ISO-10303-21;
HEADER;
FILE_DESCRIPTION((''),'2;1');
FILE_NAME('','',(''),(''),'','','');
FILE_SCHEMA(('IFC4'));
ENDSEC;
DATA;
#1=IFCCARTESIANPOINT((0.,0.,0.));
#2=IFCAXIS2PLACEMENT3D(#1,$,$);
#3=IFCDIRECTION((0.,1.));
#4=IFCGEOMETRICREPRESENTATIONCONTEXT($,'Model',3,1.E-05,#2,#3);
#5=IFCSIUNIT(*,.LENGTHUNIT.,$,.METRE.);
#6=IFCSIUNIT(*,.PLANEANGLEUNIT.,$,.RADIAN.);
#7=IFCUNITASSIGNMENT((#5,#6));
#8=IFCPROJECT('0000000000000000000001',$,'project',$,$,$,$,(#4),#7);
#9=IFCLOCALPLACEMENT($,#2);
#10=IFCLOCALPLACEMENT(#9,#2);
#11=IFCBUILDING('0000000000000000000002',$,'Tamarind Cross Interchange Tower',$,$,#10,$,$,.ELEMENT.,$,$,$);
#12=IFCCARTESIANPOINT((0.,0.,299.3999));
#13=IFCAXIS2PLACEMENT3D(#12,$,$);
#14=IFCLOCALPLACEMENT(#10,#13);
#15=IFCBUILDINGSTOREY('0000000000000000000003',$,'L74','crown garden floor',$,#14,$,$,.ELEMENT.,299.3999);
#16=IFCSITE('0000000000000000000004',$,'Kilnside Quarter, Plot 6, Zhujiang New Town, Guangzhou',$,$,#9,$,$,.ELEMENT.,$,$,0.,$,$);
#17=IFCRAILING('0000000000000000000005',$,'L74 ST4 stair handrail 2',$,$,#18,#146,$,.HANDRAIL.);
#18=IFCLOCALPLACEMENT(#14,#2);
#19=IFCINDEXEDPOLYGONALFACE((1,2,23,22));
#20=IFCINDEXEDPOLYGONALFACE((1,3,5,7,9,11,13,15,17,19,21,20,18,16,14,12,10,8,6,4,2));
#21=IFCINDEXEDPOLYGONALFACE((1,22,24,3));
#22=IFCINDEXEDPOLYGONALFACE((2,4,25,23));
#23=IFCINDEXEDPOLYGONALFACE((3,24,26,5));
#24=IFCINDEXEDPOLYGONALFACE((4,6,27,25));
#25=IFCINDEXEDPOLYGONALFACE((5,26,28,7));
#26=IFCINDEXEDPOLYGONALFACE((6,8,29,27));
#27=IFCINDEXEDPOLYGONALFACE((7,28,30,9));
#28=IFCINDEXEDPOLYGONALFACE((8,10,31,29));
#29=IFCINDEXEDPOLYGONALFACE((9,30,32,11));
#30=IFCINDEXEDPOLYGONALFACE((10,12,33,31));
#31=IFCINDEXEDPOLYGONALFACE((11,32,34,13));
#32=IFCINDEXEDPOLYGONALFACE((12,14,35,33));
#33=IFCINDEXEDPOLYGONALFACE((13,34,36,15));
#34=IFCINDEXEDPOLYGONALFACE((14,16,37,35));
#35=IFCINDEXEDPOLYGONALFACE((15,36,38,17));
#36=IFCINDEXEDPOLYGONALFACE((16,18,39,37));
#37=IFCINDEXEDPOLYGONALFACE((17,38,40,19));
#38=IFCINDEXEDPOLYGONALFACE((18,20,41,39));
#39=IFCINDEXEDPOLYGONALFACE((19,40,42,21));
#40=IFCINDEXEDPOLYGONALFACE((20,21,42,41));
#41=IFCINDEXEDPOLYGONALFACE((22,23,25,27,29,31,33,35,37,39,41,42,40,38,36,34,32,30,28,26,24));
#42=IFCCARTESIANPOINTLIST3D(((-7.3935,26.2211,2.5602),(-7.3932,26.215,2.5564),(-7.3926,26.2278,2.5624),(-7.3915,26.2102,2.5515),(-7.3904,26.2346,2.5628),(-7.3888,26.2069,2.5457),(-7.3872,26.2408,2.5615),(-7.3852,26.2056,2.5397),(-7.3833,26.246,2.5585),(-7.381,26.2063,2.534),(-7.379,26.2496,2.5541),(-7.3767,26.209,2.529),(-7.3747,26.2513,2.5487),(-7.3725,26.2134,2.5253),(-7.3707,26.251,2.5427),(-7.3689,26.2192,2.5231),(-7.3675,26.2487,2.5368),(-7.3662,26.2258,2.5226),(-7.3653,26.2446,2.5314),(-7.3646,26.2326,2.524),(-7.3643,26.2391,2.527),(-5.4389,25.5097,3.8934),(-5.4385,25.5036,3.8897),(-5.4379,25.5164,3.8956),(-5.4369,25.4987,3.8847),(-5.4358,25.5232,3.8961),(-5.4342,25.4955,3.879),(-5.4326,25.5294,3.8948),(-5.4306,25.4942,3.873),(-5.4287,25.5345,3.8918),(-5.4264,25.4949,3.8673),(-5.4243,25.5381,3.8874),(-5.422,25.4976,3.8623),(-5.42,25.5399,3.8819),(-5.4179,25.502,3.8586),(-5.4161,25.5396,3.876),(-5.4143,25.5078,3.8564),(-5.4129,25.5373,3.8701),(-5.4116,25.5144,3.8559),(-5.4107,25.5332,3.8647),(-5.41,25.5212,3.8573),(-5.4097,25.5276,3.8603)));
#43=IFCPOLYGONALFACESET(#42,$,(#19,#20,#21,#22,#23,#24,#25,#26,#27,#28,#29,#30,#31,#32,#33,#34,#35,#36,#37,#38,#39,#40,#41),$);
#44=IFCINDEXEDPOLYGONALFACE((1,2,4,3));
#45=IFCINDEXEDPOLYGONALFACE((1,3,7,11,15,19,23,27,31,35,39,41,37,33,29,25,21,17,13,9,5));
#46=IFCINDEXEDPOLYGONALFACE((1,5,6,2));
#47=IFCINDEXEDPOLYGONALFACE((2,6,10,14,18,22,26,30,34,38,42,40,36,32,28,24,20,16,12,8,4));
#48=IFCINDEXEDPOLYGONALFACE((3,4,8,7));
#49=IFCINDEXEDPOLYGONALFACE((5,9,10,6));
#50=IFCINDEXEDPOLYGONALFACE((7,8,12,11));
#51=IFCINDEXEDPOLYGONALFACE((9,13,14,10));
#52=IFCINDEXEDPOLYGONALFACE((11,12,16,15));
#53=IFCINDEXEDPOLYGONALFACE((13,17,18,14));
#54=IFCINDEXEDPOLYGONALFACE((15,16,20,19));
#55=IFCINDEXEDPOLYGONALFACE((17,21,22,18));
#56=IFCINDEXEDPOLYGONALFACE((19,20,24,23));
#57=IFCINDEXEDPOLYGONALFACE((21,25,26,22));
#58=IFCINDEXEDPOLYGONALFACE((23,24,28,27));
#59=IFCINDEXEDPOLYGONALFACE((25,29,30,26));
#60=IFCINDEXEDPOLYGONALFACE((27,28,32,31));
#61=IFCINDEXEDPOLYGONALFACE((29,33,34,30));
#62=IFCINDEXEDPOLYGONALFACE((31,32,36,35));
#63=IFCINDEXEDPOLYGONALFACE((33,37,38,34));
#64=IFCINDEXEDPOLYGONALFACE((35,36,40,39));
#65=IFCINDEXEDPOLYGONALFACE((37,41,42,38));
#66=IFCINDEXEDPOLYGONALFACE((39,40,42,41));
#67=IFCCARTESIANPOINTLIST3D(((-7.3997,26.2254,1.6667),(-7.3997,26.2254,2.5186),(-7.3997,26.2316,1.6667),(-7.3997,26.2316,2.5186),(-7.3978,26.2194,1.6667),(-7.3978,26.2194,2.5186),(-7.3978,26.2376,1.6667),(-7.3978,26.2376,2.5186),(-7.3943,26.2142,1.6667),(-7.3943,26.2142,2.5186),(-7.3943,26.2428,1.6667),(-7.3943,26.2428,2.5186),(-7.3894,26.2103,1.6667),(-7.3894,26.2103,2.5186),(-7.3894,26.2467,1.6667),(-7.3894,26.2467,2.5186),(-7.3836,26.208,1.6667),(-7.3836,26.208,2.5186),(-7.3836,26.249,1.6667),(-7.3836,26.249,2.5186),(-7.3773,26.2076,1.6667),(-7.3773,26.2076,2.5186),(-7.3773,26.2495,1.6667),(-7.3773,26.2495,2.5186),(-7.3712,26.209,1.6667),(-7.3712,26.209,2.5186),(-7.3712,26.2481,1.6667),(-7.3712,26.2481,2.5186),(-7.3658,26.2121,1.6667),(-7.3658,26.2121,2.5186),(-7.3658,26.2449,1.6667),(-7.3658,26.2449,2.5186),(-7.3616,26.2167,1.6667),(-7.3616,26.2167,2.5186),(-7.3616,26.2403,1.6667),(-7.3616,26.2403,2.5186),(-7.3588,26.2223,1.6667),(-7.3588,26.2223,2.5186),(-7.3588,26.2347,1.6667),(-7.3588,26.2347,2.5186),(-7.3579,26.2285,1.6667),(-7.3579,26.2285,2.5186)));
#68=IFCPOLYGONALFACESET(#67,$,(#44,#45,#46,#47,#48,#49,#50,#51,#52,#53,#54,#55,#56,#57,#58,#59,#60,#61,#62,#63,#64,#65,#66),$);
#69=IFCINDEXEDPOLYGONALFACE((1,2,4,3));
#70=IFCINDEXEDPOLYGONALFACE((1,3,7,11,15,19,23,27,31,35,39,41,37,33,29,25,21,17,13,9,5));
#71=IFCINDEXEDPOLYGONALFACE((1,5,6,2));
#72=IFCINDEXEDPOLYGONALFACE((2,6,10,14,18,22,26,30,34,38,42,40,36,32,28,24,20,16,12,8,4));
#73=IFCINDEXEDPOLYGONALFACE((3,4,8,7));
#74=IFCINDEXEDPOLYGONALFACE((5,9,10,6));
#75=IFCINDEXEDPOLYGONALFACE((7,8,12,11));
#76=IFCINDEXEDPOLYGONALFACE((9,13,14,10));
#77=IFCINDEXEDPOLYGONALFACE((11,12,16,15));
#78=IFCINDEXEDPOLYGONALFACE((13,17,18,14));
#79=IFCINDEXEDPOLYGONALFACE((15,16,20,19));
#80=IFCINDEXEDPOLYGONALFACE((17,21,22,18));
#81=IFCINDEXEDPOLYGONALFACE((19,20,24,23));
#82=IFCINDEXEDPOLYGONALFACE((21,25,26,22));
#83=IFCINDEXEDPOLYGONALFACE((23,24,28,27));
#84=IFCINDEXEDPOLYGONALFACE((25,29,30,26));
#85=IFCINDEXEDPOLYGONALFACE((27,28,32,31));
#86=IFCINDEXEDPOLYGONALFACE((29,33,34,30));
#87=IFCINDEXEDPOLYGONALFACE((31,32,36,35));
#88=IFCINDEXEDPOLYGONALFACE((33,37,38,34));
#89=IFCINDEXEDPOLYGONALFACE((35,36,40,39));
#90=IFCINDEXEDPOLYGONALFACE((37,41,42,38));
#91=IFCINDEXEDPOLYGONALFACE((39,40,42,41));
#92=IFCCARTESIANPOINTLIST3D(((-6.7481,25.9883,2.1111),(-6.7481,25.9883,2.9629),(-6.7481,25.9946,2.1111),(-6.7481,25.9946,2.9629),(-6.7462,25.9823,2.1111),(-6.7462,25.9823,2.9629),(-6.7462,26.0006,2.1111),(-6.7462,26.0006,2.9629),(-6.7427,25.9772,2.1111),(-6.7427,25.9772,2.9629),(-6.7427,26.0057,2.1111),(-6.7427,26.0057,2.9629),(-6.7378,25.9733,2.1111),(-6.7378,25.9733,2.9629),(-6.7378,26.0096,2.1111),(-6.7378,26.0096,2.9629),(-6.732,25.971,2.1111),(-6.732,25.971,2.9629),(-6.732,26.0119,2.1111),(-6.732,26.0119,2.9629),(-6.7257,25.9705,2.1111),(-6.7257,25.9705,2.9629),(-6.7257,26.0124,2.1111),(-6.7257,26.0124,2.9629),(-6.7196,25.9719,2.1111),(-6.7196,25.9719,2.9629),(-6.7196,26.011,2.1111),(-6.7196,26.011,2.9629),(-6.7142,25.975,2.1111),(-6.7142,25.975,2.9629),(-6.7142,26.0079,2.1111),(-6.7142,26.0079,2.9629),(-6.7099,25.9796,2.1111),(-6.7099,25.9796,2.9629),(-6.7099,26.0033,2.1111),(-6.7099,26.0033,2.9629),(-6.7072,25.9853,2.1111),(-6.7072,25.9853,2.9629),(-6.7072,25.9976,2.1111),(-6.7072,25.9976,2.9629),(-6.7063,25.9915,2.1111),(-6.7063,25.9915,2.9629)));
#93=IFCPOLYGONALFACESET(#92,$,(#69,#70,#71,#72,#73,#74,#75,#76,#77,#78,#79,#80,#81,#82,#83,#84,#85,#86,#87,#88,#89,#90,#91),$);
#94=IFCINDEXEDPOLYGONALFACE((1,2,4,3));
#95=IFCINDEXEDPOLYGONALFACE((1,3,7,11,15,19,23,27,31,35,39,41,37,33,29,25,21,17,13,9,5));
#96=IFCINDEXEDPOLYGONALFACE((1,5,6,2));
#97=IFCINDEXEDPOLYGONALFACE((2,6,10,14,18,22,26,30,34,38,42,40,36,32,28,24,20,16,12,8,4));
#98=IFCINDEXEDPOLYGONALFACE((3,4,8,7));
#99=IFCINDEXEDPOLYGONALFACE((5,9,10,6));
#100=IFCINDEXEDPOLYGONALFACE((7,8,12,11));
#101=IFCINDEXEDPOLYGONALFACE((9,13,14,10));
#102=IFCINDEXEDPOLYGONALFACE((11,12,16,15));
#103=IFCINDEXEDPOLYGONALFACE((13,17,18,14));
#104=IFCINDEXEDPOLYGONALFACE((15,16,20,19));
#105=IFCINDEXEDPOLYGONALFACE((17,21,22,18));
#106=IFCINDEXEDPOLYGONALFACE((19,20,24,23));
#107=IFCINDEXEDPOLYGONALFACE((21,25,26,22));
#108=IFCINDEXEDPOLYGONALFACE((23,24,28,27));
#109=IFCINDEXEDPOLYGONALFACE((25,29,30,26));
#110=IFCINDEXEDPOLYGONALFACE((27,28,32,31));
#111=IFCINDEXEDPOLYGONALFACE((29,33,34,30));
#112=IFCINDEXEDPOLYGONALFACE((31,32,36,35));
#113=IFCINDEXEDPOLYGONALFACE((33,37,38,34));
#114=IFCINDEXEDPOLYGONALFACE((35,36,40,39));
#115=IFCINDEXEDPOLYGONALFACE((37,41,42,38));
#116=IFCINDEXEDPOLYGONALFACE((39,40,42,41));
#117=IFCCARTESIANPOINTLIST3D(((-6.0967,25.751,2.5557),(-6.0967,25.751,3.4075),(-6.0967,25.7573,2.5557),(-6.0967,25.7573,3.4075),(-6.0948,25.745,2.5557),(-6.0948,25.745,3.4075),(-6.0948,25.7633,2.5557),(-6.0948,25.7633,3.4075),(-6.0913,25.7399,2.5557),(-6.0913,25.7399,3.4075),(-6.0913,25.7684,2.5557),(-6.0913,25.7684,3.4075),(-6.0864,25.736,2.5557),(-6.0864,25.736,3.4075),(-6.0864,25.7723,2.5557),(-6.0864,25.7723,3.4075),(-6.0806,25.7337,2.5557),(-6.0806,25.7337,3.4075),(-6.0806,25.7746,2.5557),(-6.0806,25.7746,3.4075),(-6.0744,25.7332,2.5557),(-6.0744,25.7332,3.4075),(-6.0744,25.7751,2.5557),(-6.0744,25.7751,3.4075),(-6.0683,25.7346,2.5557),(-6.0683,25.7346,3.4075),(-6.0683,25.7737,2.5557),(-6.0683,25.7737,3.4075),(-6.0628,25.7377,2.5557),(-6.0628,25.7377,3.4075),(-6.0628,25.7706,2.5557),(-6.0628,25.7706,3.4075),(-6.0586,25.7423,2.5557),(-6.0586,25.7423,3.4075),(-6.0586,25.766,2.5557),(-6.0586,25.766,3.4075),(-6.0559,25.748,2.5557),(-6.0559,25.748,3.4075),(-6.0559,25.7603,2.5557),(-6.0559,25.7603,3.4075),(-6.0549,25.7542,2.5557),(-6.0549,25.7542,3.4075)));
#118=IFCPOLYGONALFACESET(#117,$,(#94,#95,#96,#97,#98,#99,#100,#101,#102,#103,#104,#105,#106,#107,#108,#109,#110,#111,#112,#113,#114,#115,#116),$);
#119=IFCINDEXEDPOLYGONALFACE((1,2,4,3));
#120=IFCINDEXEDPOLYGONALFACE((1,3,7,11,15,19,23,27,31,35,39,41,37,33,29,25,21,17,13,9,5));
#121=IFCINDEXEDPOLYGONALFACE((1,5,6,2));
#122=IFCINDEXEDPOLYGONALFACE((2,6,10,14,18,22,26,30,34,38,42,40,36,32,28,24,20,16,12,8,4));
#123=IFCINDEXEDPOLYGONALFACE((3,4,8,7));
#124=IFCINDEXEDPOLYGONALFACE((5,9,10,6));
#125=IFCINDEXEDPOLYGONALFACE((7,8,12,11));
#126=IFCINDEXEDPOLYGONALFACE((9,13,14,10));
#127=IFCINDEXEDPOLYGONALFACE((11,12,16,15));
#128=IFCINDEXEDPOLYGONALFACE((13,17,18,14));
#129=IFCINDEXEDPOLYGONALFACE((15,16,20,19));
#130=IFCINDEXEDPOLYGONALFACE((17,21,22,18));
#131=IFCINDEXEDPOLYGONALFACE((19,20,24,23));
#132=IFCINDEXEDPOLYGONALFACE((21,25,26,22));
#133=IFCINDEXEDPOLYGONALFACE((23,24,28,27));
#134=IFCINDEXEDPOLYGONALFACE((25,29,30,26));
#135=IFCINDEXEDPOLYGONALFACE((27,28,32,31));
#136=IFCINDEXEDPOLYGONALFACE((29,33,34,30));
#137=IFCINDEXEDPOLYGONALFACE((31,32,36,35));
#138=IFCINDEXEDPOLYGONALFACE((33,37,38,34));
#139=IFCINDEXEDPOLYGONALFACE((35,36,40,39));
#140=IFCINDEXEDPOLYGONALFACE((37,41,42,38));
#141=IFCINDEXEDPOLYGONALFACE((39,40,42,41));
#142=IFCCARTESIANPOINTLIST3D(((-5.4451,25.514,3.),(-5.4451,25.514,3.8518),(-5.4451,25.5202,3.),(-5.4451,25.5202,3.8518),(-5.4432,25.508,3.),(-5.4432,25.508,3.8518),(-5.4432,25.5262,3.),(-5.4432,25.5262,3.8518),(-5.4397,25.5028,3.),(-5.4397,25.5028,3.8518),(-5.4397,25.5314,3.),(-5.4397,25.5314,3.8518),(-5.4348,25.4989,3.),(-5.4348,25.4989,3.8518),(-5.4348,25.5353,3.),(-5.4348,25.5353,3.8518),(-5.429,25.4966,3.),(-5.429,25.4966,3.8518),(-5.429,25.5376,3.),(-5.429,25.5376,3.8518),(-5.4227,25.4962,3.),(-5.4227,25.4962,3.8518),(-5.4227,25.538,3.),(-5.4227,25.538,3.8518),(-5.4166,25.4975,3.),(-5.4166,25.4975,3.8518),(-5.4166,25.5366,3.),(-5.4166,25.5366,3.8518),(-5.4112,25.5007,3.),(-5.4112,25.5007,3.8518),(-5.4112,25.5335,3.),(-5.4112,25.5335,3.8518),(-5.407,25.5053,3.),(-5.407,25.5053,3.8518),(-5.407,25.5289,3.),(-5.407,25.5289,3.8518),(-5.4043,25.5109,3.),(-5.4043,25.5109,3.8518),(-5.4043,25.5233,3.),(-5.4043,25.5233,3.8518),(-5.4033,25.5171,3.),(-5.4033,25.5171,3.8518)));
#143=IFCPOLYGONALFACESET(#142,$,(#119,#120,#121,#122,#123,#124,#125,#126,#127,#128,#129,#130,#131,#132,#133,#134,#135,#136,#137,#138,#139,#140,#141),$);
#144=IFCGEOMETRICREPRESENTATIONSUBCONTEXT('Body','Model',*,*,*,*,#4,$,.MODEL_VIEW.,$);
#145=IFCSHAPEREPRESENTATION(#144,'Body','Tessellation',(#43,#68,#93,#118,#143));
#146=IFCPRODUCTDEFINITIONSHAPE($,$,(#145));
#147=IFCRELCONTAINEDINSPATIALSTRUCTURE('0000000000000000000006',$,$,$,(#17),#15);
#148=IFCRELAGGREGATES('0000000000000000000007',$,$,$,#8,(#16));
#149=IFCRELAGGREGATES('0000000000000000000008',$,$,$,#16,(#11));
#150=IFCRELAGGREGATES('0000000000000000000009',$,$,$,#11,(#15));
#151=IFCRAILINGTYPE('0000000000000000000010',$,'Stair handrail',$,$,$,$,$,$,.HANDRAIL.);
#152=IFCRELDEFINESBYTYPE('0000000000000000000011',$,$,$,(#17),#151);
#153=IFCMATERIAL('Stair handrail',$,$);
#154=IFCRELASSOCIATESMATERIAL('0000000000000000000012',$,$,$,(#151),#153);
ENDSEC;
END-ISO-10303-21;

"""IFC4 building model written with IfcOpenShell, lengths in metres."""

from ifc_helpers import new_model, si_unit, direction, frame, origin, origin_2d, place, context, subcontext, project, spatial, circle, extrude, material, type_object, element, save


model = new_model("IFC4")

# Units and contexts
model_context = context("Model", 3, precision=1e-05, world=origin(), true_north=direction((0.0, 1.0)))
body_context = subcontext(model_context, "Body", "Model", "MODEL_VIEW")
ifc_project = project(units=[si_unit("LENGTHUNIT", "METRE"), si_unit("PLANEANGLEUNIT", "RADIAN")], contexts=[model_context])

# Site, building, storey
site_placement = place(None, origin())
site = spatial("IfcSite", under=ifc_project, at=site_placement, Name="Kilnside Quarter, Plot 6, Zhujiang New Town, Guangzhou", CompositionType="ELEMENT", RefElevation=0.0)
building_placement = place(site_placement, origin())
building = spatial("IfcBuilding", under=site, at=building_placement, Name="Tamarind Cross Interchange Tower", CompositionType="ELEMENT")
storey_placement = place(building_placement, frame((0.0, 0.0, 299.3999)))
storey = spatial("IfcBuildingStorey", under=building, at=storey_placement, Name="L74", Description="crown garden floor", CompositionType="ELEMENT", Elevation=299.3999)

# Railing
ifc_material_1 = material(Name="Stair handrail")
railing_type_1 = type_object("IfcRailingType", Name="Stair handrail", PredefinedType="HANDRAIL", material=ifc_material_1)
for number, where, name in (
    (1, (-7.3789, 26.2285, 1.6667), "L74 ST4 stair handrail 2"),
):
    element("IfcRailing", number, at=place(storey_placement, frame(where)), inside=storey, type_object=railing_type_1, Name=name, PredefinedType="HANDRAIL", context=body_context, shape_type="SweptSolid", body=[
        extrude(circle(Radius=0.0239, at=origin_2d()), frame((0.0, 0.0, 0.876), z_axis=(0.791124, -0.287951, 0.539636), x_axis=(0.342026, 0.939691, 0.0)), (0.0, 0.0, 1.0), 2.4707),
        extrude(circle(Radius=0.021, at=origin_2d()), origin(), (0.0, 0.0, 1.0), 0.8518),
        extrude(circle(Radius=0.021, at=origin_2d()), frame((0.6516, -0.2371, 0.4443)), (0.0, 0.0, 1.0), 0.8518),
        extrude(circle(Radius=0.021, at=origin_2d()), frame((1.303, -0.4744, 0.8889)), (0.0, 0.0, 1.0), 0.8518),
        extrude(circle(Radius=0.021, at=origin_2d()), frame((1.9546, -0.7114, 1.3333)), (0.0, 0.0, 1.0), 0.8518),
    ])

save(model, "model.ifc")
